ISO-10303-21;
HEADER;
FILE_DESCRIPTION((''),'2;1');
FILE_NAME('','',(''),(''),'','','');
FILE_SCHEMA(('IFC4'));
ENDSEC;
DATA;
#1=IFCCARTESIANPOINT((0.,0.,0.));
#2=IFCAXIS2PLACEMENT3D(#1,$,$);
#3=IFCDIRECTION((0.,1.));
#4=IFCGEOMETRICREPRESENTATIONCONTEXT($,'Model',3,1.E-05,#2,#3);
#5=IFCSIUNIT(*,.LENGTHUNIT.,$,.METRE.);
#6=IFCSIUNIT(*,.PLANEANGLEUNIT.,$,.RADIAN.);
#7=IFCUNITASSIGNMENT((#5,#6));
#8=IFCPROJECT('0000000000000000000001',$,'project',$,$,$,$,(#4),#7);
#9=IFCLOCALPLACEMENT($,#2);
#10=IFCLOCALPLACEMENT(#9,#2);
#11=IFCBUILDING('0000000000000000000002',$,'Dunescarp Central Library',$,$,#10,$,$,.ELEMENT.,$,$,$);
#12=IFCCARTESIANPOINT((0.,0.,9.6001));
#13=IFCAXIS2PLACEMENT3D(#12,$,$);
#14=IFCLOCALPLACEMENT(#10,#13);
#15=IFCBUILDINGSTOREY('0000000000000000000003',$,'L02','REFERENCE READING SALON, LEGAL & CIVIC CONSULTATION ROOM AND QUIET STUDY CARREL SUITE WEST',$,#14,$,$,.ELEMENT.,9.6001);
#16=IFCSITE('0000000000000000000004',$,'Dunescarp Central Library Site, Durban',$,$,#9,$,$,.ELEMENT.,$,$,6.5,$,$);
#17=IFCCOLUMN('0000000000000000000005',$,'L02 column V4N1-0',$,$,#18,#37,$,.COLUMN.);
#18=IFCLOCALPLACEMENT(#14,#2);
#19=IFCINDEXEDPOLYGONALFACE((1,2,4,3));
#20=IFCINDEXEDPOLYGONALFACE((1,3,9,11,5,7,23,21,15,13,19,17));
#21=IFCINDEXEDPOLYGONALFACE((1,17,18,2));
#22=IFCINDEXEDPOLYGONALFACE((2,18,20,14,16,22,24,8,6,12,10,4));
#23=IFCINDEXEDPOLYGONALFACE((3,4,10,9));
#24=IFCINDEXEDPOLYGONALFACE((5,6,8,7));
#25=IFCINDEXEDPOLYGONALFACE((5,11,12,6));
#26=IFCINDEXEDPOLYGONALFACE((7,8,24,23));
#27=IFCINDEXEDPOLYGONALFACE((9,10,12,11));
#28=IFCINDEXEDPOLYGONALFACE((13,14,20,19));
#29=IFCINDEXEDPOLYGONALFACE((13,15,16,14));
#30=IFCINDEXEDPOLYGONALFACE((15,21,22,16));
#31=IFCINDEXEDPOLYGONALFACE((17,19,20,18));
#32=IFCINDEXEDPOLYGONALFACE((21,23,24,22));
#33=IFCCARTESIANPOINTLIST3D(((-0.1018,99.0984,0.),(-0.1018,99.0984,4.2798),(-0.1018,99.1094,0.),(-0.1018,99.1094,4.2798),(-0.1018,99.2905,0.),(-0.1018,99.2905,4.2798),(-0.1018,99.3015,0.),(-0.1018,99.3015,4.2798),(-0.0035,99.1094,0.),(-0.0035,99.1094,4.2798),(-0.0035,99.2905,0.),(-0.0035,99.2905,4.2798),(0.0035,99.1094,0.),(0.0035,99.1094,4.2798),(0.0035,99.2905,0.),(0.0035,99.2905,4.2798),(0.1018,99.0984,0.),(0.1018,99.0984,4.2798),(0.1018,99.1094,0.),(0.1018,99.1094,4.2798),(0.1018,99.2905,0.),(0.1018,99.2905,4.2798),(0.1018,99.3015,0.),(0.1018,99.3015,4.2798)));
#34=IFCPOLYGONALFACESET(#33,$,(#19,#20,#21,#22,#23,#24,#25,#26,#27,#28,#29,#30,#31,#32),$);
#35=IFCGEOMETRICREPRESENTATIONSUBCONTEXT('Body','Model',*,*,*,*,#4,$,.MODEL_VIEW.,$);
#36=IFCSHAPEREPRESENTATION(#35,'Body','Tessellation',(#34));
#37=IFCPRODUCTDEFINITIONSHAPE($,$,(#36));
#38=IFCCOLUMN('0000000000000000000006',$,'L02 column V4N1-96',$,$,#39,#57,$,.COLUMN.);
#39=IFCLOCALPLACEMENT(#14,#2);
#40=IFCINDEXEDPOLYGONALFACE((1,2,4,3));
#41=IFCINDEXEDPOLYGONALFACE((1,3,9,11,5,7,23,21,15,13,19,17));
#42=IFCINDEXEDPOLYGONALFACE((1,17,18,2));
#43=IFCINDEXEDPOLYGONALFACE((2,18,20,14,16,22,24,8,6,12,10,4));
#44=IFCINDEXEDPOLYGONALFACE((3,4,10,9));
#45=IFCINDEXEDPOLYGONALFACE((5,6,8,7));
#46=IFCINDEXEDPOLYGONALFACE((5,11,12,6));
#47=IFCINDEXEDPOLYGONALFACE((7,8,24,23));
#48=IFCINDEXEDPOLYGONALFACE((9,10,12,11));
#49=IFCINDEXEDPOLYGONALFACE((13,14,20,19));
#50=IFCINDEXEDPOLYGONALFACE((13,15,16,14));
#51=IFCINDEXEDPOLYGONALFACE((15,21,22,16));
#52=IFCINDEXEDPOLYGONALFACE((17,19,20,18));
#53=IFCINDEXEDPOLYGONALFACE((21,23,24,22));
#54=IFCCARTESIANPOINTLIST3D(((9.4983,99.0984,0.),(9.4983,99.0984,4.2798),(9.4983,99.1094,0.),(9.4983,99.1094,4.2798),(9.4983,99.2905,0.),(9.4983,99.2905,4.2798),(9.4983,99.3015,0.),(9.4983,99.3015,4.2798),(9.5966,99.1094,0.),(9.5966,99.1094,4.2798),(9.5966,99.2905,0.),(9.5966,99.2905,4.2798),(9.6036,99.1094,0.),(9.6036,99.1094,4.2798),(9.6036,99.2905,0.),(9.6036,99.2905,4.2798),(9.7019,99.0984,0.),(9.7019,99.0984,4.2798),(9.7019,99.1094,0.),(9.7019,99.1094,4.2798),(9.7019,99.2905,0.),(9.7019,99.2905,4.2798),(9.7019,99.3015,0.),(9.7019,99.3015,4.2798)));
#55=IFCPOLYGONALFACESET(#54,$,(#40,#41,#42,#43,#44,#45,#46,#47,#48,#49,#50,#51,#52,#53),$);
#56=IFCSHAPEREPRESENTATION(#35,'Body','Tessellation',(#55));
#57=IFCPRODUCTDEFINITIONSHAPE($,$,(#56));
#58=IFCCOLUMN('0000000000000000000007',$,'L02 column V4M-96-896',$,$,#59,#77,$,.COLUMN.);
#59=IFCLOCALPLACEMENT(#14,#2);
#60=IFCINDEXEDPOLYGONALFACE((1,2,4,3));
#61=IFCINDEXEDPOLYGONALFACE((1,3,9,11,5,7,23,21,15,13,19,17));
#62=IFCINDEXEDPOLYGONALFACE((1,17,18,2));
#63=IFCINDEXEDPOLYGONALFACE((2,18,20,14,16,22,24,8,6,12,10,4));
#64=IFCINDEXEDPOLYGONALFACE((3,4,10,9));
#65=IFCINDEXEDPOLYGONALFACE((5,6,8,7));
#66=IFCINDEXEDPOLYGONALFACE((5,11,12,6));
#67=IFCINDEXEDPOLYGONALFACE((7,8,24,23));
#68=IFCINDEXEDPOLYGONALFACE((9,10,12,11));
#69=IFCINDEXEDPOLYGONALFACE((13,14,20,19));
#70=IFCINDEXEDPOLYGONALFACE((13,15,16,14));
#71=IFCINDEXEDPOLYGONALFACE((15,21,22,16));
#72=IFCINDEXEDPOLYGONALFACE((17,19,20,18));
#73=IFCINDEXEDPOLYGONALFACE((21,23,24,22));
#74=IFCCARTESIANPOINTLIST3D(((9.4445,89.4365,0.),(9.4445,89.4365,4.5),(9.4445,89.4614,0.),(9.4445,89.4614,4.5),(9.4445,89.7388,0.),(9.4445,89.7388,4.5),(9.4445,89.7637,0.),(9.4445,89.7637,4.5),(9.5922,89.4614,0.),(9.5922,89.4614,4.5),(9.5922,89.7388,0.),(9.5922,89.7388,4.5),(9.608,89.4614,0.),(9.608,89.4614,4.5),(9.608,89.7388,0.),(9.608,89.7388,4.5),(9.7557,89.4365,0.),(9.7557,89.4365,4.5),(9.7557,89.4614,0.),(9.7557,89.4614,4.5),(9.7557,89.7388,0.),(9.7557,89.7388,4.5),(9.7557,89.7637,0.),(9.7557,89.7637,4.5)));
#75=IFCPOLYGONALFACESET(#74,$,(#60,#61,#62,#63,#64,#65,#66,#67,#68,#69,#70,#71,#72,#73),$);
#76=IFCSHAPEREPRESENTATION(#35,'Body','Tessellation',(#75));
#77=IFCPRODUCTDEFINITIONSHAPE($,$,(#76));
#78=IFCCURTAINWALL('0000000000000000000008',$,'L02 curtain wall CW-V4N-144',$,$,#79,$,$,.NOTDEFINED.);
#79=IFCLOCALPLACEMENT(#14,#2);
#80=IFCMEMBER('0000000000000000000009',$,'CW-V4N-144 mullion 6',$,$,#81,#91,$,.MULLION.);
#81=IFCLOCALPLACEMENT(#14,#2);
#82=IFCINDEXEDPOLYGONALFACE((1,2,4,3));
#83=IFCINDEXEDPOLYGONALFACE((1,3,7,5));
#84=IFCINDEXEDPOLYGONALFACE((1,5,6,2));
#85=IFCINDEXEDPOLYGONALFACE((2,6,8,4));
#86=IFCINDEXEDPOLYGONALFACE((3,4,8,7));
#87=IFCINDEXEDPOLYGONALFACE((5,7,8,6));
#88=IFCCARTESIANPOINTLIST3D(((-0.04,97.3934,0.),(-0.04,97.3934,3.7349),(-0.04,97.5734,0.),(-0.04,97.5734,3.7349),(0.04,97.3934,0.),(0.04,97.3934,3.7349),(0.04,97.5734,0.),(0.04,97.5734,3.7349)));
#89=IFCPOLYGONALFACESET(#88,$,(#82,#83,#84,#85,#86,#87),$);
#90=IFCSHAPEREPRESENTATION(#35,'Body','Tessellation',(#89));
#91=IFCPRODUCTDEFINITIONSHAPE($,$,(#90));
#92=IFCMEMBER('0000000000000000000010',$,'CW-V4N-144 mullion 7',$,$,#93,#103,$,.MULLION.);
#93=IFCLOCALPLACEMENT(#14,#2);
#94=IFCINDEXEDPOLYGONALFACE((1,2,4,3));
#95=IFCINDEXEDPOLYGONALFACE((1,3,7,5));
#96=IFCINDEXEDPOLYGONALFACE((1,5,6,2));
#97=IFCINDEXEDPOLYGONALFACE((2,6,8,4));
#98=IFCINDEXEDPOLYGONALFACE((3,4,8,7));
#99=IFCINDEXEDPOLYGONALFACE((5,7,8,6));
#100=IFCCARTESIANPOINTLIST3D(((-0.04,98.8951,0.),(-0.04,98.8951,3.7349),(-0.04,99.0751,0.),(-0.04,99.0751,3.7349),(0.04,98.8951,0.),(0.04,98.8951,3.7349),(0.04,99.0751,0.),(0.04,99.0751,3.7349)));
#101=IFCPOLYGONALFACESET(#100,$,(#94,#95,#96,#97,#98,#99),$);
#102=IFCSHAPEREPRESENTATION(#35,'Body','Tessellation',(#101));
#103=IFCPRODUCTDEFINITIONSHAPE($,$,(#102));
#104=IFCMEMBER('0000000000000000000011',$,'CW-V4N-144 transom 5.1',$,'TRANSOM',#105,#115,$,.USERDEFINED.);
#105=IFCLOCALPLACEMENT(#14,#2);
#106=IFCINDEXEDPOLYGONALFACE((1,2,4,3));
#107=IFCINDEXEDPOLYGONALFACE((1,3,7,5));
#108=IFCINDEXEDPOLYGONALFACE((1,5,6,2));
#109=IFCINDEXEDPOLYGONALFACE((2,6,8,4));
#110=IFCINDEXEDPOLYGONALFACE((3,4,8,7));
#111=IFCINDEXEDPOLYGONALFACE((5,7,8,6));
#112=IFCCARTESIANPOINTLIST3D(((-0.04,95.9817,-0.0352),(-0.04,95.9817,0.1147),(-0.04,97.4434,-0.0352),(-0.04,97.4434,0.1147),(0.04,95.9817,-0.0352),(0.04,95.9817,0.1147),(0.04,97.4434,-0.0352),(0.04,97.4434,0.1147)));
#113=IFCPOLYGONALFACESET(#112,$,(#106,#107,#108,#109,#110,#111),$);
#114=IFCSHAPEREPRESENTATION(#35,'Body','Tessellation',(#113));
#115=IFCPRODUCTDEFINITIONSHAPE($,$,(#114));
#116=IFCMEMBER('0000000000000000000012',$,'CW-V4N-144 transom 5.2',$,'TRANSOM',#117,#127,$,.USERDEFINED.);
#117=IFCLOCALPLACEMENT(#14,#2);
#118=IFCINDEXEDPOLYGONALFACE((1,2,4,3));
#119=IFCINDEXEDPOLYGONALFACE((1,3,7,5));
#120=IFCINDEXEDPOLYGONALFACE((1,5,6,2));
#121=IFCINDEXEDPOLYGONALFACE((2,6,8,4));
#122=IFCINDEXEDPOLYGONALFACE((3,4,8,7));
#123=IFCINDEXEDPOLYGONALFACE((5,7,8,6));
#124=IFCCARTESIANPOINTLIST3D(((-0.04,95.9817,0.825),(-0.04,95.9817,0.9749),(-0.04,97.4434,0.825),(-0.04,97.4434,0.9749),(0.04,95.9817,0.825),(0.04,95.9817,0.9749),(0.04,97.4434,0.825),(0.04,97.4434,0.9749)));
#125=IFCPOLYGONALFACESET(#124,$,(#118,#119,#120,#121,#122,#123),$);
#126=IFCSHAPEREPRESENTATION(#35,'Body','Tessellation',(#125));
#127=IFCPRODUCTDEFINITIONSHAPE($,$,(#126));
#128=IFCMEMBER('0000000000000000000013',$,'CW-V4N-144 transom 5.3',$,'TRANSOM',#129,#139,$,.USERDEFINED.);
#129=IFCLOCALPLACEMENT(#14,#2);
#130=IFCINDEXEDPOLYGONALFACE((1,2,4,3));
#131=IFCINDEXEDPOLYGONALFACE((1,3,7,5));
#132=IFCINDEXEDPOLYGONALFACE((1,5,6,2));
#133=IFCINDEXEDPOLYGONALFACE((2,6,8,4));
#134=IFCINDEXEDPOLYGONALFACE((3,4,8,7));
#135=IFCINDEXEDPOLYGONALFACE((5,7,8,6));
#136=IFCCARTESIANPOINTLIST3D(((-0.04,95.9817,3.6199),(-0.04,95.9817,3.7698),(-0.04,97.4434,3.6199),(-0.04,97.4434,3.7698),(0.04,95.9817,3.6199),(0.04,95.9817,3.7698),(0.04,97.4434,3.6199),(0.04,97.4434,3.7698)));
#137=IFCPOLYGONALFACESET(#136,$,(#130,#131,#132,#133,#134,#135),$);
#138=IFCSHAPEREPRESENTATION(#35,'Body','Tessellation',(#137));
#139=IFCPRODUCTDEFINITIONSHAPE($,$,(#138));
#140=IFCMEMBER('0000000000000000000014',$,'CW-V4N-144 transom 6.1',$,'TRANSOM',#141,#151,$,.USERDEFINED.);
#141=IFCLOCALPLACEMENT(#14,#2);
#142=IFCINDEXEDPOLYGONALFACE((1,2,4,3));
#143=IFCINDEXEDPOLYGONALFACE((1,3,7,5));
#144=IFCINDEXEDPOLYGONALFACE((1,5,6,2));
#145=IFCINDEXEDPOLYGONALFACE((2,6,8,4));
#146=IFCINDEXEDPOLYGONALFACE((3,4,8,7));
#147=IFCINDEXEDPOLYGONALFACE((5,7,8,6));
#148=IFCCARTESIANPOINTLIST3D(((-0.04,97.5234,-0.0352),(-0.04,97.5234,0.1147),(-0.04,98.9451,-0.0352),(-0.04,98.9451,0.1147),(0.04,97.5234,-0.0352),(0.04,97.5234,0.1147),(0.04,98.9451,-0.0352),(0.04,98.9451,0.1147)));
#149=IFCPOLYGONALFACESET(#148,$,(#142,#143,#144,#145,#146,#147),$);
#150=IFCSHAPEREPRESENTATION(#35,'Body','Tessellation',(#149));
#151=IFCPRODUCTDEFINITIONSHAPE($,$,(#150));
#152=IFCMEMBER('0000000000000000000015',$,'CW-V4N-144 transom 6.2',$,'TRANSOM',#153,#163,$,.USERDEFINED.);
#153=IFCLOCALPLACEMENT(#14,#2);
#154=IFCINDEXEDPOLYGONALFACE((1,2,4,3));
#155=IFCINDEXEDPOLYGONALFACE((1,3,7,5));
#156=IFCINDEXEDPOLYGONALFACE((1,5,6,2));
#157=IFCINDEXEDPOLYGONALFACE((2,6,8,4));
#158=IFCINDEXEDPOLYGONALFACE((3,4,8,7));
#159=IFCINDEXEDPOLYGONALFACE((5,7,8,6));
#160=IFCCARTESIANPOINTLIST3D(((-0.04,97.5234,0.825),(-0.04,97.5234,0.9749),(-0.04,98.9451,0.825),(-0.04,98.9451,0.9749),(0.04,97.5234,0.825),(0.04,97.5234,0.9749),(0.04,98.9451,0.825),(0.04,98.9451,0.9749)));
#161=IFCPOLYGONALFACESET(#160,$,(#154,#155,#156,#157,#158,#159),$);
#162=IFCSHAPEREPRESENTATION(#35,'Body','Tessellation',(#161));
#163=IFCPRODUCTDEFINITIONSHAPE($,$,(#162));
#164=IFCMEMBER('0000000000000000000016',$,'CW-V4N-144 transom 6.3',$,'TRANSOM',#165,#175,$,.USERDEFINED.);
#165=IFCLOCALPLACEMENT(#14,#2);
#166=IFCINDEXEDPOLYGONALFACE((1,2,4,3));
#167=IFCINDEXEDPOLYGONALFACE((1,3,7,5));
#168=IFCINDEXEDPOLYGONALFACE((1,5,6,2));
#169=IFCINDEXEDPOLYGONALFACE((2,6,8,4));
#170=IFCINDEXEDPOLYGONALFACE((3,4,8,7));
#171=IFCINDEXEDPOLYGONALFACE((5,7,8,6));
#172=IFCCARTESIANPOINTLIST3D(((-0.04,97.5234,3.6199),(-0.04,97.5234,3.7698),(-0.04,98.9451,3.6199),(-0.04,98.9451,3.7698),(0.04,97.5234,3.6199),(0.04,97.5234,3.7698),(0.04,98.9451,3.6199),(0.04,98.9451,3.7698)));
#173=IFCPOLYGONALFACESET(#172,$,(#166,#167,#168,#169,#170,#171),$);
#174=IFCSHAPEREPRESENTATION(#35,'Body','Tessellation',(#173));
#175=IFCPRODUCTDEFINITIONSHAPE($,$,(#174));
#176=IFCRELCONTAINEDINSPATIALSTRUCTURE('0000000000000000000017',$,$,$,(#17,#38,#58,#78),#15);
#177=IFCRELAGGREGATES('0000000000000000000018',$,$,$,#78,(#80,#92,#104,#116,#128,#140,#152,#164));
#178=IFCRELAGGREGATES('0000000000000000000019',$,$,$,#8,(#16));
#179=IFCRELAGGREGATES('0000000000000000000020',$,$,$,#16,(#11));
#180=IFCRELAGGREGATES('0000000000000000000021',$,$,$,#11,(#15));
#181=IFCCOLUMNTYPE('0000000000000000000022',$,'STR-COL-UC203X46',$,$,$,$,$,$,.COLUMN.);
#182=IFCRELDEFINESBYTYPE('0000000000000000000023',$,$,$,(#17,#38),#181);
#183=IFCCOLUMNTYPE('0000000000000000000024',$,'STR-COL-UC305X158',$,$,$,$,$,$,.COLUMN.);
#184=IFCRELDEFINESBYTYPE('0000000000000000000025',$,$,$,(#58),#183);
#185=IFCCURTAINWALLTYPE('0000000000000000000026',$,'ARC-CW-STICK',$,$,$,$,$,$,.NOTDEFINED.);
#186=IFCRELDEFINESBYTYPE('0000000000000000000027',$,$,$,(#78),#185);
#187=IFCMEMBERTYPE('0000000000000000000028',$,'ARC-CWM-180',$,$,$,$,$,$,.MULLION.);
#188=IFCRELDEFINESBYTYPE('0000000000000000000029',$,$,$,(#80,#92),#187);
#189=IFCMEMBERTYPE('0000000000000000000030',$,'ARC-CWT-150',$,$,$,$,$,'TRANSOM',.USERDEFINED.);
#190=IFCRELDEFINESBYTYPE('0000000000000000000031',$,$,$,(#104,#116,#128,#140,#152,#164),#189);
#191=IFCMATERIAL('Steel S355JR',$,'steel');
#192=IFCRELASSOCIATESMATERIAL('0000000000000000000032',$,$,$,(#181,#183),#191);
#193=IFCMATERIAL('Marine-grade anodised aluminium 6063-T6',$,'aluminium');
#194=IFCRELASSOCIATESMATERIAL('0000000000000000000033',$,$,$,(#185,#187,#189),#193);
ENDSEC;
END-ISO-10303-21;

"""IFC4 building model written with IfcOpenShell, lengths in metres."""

from ifc_helpers import new_model, si_unit, direction, frame, origin, origin_2d, place, context, subcontext, project, spatial, rectangle, i_section, extrude, material, material_profile, profile_set, type_object, element, aggregate, save


model = new_model("IFC4")

# Units and contexts
model_context = context("Model", 3, precision=1e-05, world=origin(), true_north=direction((0.0, 1.0)))
body_context = subcontext(model_context, "Body", "Model", "MODEL_VIEW")
ifc_project = project(units=[si_unit("LENGTHUNIT", "METRE"), si_unit("PLANEANGLEUNIT", "RADIAN")], contexts=[model_context])

# Site, building, storey
site_placement = place(None, origin())
site = spatial("IfcSite", under=ifc_project, at=site_placement, Name="Dunescarp Central Library Site, Durban", CompositionType="ELEMENT", RefElevation=6.5)
building_placement = place(site_placement, origin())
building = spatial("IfcBuilding", under=site, at=building_placement, Name="Dunescarp Central Library", CompositionType="ELEMENT")
storey_placement = place(building_placement, frame((0.0, 0.0, 9.6001)))
storey = spatial("IfcBuildingStorey", under=building, at=storey_placement, Name="L02", Description="REFERENCE READING SALON, LEGAL & CIVIC CONSULTATION ROOM AND QUIET STUDY CARREL SUITE WEST", CompositionType="ELEMENT", Elevation=9.6001)

# Columns
ifc_material_1 = material(Name="Steel S355JR", Category="steel")
ifc_material_profile_1 = material_profile(ifc_material_1, i_section(OverallWidth=0.2036, OverallDepth=0.2031, WebThickness=0.0071, FlangeThickness=0.011, at=origin_2d()), Name="UC 203x203x46")
ifc_profile_set_1 = profile_set([ifc_material_profile_1], Name="Steel S355JR")
column_type_1 = type_object("IfcColumnType", Name="STR-COL-UC203X46", PredefinedType="COLUMN", material=ifc_profile_set_1)
for number, where, z_axis, x_axis, name in (
    (1, (0.0, 99.2, 0.0), (0.0, 0.0, 1.0), (1.0, 0.0, 0.0), "L02 column V4N1-0"),
    (2, (9.6001, 99.2, 0.0), (0.0, 0.0, 1.0), (1.0, 0.0, 0.0), "L02 column V4N1-96"),
):
    element("IfcColumn", number, at=place(storey_placement, frame(where, z_axis=z_axis, x_axis=x_axis)), inside=storey, type_object=column_type_1, Name=name, PredefinedType="COLUMN", context=body_context, shape_type="SweptSolid", body=[
        extrude(i_section(OverallWidth=0.2036, OverallDepth=0.2031, WebThickness=0.0071, FlangeThickness=0.011, at=origin_2d()), origin(), (0.0, 0.0, 1.0), 4.2798),
    ])
ifc_material_profile_2 = material_profile(ifc_material_1, i_section(OverallWidth=0.3113, OverallDepth=0.3271, WebThickness=0.0159, FlangeThickness=0.0249, at=origin_2d()), Name="UC 305x305x158")
ifc_profile_set_2 = profile_set([ifc_material_profile_2], Name="Steel S355JR")
column_type_2 = type_object("IfcColumnType", Name="STR-COL-UC305X158", PredefinedType="COLUMN", material=ifc_profile_set_2)
column_placement = place(storey_placement, frame((9.6001, 89.6001, 0.0), z_axis=(0.0, 0.0, 1.0), x_axis=(1.0, 0.0, 0.0)))
element("IfcColumn", 3, at=column_placement, inside=storey, type_object=column_type_2, Name="L02 column V4M-96-896", PredefinedType="COLUMN", context=body_context, shape_type="SweptSolid", body=[
    extrude(i_section(OverallWidth=0.3113, OverallDepth=0.3271, WebThickness=0.0159, FlangeThickness=0.0249, at=origin_2d()), origin(), (0.0, 0.0, 1.0), 4.5),
])

# Curtain wall, members
ifc_material_2 = material(Name="Marine-grade anodised aluminium 6063-T6", Category="aluminium")
curtain_wall_type = type_object("IfcCurtainWallType", Name="ARC-CW-STICK", PredefinedType="NOTDEFINED", material=ifc_material_2)
curtain_wall_placement = place(storey_placement, origin())
curtain_wall = element("IfcCurtainWall", 4, at=curtain_wall_placement, inside=storey, type_object=curtain_wall_type, Name="L02 curtain wall CW-V4N-144", PredefinedType="NOTDEFINED")
ifc_material_profile_3 = material_profile(ifc_material_2, rectangle(XDim=0.0801, YDim=0.1799, at=origin_2d()), Name="AL 80x180")
ifc_profile_set_3 = profile_set([ifc_material_profile_3], Name="Marine-grade anodised aluminium 6063-T6")
member_type_1 = type_object("IfcMemberType", Name="ARC-CWM-180", PredefinedType="MULLION", material=ifc_profile_set_3)
member_1_placement = place(storey_placement, frame((0.0, 97.4834, 0.0), z_axis=(0.0, 0.0, 1.0), x_axis=(-1.0, 0.0, 0.0)))
member_1 = element("IfcMember", 5, at=member_1_placement, type_object=member_type_1, Name="CW-V4N-144 mullion 6", PredefinedType="MULLION", context=body_context, shape_type="SweptSolid", body=[
    extrude(rectangle(XDim=0.0801, YDim=0.1799, at=origin_2d()), origin(), (0.0, 0.0, 1.0), 3.7349),
])
member_2_placement = place(storey_placement, frame((0.0, 98.9851, 0.0), z_axis=(0.0, 0.0, 1.0), x_axis=(-1.0, 0.0, 0.0)))
member_2 = element("IfcMember", 6, at=member_2_placement, type_object=member_type_1, Name="CW-V4N-144 mullion 7", PredefinedType="MULLION", context=body_context, shape_type="SweptSolid", body=[
    extrude(rectangle(XDim=0.0801, YDim=0.1799, at=origin_2d()), origin(), (0.0, 0.0, 1.0), 3.7349),
])
ifc_material_profile_4 = material_profile(ifc_material_2, rectangle(XDim=0.0801, YDim=0.1499, at=origin_2d()), Name="AL 80x150")
ifc_profile_set_4 = profile_set([ifc_material_profile_4], Name="Marine-grade anodised aluminium 6063-T6")
member_type_2 = type_object("IfcMemberType", Name="ARC-CWT-150", ElementType="TRANSOM", PredefinedType="USERDEFINED", material=ifc_profile_set_4)
member_3_placement = place(storey_placement, frame((0.0, 95.9817, 0.0398), z_axis=(0.0, 1.0, 0.0), x_axis=(-1.0, 0.0, 0.0)))
member_3 = element("IfcMember", 7, at=member_3_placement, type_object=member_type_2, Name="CW-V4N-144 transom 5.1", ObjectType="TRANSOM", PredefinedType="USERDEFINED", context=body_context, shape_type="SweptSolid", body=[
    extrude(rectangle(XDim=0.0801, YDim=0.1499, at=origin_2d()), origin(), (0.0, 0.0, 1.0), 1.4617),
])
member_4_placement = place(storey_placement, frame((0.0, 95.9817, 0.8999), z_axis=(0.0, 1.0, 0.0), x_axis=(-1.0, 0.0, 0.0)))
member_4 = element("IfcMember", 8, at=member_4_placement, type_object=member_type_2, Name="CW-V4N-144 transom 5.2", ObjectType="TRANSOM", PredefinedType="USERDEFINED", context=body_context, shape_type="SweptSolid", body=[
    extrude(rectangle(XDim=0.0801, YDim=0.1499, at=origin_2d()), origin(), (0.0, 0.0, 1.0), 1.4617),
])
member_5_placement = place(storey_placement, frame((0.0, 95.9817, 3.6948), z_axis=(0.0, 1.0, 0.0), x_axis=(-1.0, 0.0, 0.0)))
member_5 = element("IfcMember", 9, at=member_5_placement, type_object=member_type_2, Name="CW-V4N-144 transom 5.3", ObjectType="TRANSOM", PredefinedType="USERDEFINED", context=body_context, shape_type="SweptSolid", body=[
    extrude(rectangle(XDim=0.0801, YDim=0.1499, at=origin_2d()), origin(), (0.0, 0.0, 1.0), 1.4617),
])
member_6_placement = place(storey_placement, frame((0.0, 97.5234, 0.0398), z_axis=(0.0, 1.0, 0.0), x_axis=(-1.0, 0.0, 0.0)))
member_6 = element("IfcMember", 10, at=member_6_placement, type_object=member_type_2, Name="CW-V4N-144 transom 6.1", ObjectType="TRANSOM", PredefinedType="USERDEFINED", context=body_context, shape_type="SweptSolid", body=[
    extrude(rectangle(XDim=0.0801, YDim=0.1499, at=origin_2d()), origin(), (0.0, 0.0, 1.0), 1.4216),
])
member_7_placement = place(storey_placement, frame((0.0, 97.5234, 0.8999), z_axis=(0.0, 1.0, 0.0), x_axis=(-1.0, 0.0, 0.0)))
member_7 = element("IfcMember", 11, at=member_7_placement, type_object=member_type_2, Name="CW-V4N-144 transom 6.2", ObjectType="TRANSOM", PredefinedType="USERDEFINED", context=body_context, shape_type="SweptSolid", body=[
    extrude(rectangle(XDim=0.0801, YDim=0.1499, at=origin_2d()), origin(), (0.0, 0.0, 1.0), 1.4216),
])
member_8_placement = place(storey_placement, frame((0.0, 97.5234, 3.6948), z_axis=(0.0, 1.0, 0.0), x_axis=(-1.0, 0.0, 0.0)))
member_8 = element("IfcMember", 12, at=member_8_placement, type_object=member_type_2, Name="CW-V4N-144 transom 6.3", ObjectType="TRANSOM", PredefinedType="USERDEFINED", context=body_context, shape_type="SweptSolid", body=[
    extrude(rectangle(XDim=0.0801, YDim=0.1499, at=origin_2d()), origin(), (0.0, 0.0, 1.0), 1.4216),
])

aggregate(curtain_wall, [member_1, member_2, member_3, member_4, member_5, member_6, member_7, member_8])

save(model, "model.ifc")
